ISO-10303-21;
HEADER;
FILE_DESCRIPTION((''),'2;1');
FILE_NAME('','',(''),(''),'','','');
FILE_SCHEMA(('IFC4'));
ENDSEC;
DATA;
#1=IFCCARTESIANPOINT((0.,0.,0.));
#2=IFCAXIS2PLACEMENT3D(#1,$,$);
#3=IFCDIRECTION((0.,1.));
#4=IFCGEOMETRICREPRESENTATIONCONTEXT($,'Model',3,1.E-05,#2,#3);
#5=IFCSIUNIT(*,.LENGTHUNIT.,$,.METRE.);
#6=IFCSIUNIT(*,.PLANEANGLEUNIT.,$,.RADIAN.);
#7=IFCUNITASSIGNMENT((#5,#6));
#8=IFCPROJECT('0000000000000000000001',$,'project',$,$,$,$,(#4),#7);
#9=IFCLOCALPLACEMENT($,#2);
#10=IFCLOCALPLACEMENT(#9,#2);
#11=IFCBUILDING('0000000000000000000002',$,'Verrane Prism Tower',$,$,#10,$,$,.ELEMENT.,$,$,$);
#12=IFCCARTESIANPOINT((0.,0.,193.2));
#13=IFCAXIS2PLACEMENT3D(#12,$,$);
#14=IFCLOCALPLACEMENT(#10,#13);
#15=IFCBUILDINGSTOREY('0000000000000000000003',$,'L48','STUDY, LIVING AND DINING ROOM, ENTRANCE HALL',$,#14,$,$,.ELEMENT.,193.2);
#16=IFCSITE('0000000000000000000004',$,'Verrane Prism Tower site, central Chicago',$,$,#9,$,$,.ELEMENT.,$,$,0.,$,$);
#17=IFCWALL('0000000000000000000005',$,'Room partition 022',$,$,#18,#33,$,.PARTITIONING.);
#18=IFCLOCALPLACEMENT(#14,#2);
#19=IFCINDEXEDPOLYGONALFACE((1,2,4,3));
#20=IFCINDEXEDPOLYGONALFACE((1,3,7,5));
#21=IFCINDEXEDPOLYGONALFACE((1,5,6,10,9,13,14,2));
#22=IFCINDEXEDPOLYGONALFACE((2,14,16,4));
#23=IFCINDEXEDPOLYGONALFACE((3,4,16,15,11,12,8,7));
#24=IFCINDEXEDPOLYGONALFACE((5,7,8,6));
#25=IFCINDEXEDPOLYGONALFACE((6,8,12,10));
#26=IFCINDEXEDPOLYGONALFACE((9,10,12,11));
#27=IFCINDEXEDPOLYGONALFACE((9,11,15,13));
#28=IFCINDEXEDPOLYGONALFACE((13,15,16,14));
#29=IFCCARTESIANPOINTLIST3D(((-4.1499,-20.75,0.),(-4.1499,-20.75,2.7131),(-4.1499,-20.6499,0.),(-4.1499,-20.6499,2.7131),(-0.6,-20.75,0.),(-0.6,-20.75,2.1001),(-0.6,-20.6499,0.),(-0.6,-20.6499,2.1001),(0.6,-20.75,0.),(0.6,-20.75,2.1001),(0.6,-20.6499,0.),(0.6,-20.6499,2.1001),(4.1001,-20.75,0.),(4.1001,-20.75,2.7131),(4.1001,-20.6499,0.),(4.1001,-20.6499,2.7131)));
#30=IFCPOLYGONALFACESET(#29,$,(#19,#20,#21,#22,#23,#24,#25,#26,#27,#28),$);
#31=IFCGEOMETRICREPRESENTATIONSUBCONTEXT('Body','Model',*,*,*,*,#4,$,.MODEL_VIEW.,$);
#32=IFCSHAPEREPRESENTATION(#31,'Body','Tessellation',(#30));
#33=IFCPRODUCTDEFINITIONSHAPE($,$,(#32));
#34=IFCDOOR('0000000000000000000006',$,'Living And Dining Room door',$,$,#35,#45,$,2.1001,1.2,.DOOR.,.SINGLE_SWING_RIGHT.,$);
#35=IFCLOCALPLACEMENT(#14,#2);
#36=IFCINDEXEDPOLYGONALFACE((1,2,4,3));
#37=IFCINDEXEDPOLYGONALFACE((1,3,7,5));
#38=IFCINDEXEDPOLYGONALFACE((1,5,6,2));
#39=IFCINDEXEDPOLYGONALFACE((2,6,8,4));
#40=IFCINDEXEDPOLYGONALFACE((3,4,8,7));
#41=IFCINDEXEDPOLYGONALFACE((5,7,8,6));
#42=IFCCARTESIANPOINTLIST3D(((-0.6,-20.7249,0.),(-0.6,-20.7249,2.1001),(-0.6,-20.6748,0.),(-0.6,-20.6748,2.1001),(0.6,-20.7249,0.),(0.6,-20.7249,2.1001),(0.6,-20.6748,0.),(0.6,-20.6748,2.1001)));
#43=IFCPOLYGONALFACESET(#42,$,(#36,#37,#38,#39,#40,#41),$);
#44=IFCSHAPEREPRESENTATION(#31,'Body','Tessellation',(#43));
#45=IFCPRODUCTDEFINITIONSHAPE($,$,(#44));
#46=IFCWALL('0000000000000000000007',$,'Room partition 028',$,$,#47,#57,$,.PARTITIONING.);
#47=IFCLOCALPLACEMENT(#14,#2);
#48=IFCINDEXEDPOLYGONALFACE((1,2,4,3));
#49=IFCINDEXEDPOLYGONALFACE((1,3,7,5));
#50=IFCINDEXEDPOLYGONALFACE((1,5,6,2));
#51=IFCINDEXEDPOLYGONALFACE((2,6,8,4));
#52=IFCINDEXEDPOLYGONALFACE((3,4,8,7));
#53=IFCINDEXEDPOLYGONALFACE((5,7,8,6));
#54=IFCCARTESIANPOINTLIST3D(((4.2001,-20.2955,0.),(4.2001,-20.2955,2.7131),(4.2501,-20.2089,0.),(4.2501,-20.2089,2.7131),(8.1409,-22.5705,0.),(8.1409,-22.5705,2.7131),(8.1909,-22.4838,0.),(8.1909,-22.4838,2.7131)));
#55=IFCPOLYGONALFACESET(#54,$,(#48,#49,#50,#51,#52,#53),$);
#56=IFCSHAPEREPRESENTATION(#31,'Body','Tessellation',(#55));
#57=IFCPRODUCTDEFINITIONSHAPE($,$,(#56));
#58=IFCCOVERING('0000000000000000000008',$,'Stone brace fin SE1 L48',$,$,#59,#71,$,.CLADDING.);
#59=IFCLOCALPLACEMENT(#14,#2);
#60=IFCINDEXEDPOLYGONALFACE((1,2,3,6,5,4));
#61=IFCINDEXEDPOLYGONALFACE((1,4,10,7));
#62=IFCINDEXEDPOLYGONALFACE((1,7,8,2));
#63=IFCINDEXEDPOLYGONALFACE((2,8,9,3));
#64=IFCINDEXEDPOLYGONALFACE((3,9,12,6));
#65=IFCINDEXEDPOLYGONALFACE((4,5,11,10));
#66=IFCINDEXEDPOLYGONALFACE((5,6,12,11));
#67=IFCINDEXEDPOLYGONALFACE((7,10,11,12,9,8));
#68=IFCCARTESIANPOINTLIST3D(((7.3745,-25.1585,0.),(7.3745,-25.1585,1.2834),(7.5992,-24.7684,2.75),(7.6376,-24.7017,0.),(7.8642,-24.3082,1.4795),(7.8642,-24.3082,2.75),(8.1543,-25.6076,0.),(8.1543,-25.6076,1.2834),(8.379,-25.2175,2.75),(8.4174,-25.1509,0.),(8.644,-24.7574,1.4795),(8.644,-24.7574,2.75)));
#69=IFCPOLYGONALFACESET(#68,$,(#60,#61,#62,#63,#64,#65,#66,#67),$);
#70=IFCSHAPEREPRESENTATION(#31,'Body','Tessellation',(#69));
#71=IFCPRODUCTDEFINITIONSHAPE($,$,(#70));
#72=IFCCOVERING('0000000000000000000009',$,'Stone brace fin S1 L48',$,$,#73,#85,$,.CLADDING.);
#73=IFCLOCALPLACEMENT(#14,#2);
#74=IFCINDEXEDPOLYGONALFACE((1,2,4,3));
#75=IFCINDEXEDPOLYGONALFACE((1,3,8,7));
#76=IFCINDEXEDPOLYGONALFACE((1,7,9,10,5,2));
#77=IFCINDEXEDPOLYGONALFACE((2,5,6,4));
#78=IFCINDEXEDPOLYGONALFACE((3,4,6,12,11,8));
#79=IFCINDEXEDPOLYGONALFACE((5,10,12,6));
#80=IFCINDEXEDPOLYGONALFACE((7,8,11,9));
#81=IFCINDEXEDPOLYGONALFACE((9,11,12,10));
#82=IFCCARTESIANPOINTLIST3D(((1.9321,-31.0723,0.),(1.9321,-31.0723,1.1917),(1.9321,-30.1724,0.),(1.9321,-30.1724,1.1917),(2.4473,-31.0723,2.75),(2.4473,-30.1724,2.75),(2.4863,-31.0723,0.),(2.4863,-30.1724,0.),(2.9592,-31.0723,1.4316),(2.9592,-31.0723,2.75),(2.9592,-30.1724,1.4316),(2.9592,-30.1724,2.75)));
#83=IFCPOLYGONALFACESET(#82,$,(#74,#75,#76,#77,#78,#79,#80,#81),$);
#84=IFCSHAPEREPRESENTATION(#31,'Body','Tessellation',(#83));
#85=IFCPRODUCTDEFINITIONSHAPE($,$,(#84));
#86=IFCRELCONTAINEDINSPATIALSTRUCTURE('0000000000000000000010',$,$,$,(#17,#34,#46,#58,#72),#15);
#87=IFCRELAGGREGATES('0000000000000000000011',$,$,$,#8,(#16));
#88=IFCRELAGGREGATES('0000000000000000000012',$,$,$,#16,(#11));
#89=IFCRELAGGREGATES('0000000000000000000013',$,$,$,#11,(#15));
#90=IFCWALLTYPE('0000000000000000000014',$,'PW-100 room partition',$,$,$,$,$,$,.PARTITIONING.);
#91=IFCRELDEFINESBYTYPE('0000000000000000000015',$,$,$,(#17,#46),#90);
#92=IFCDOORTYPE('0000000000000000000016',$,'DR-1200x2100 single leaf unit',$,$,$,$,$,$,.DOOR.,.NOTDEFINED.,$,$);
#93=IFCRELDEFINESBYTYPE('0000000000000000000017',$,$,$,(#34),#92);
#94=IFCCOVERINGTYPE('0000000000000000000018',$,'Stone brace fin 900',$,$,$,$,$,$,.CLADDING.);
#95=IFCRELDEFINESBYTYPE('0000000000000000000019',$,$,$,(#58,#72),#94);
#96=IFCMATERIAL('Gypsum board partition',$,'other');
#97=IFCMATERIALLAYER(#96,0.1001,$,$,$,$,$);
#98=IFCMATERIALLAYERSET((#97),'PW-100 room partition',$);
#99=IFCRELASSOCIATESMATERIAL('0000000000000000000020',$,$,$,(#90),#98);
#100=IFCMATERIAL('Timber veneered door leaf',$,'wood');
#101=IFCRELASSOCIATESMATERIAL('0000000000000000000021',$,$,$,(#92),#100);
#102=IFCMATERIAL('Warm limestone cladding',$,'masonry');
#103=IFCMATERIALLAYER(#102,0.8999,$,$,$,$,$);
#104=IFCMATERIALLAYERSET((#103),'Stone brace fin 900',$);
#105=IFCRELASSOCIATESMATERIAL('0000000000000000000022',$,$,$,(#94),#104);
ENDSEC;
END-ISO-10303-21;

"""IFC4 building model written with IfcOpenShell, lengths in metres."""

from ifc_helpers import new_model, si_unit, direction, frame, frame_2d, origin, place, context, subcontext, project, spatial, polyline, rectangle, outline, extrude, material, layer, layer_set, type_object, element, fill, save


model = new_model("IFC4")

# Units and contexts
model_context = context("Model", 3, precision=1e-05, world=origin(), true_north=direction((0.0, 1.0)))
body_context = subcontext(model_context, "Body", "Model", "MODEL_VIEW")
ifc_project = project(units=[si_unit("LENGTHUNIT", "METRE"), si_unit("PLANEANGLEUNIT", "RADIAN")], contexts=[model_context])

# Site, building, storey
site_placement = place(None, origin())
site = spatial("IfcSite", under=ifc_project, at=site_placement, Name="Verrane Prism Tower site, central Chicago", CompositionType="ELEMENT", RefElevation=0.0)
building_placement = place(site_placement, origin())
building = spatial("IfcBuilding", under=site, at=building_placement, Name="Verrane Prism Tower", CompositionType="ELEMENT")
storey_placement = place(building_placement, frame((0.0, 0.0, 193.2)))
storey = spatial("IfcBuildingStorey", under=building, at=storey_placement, Name="L48", Description="STUDY, LIVING AND DINING ROOM, ENTRANCE HALL", CompositionType="ELEMENT", Elevation=193.2)

# Wall, opening, door
ifc_material_1 = material(Name="Gypsum board partition", Category="other")
ifc_layer_1 = layer(ifc_material_1, 0.1001)
ifc_layer_set_1 = layer_set([ifc_layer_1], Name="PW-100 room partition")
wall_type = type_object("IfcWallType", Name="PW-100 room partition", PredefinedType="PARTITIONING", material=ifc_layer_set_1)
wall_1_placement = place(storey_placement, frame((4.1001, -20.7, 0.0), z_axis=(0.0, 0.0, 1.0), x_axis=(-1.0, 0.0, 0.0)))
wall_1 = element("IfcWall", 1, at=wall_1_placement, inside=storey, type_object=wall_type, Name="Room partition 022", PredefinedType="PARTITIONING", context=body_context, shape_type="SweptSolid", body=[
    extrude(rectangle(XDim=8.25, YDim=0.1001, at=frame_2d((4.125, 0.0))), origin(), (0.0, 0.0, 1.0), 2.7131),
])
opening_placement = place(wall_1_placement, frame((3.5, 0.0, 0.0)))
opening = element("IfcOpeningElement", 2, at=opening_placement, cuts=wall_1, PredefinedType="OPENING", context=body_context, shape_type="SweptSolid", body=[
    extrude(rectangle(XDim=1.2, YDim=2.1001, at=frame_2d((0.6001, 1.05))), frame((0.0, 0.0601, 0.0), z_axis=(0.0, -1.0, 0.0), x_axis=(1.0, 0.0, 0.0)), (0.0, 0.0, 1.0), 0.1201),
])
ifc_material_2 = material(Name="Timber veneered door leaf", Category="wood")
door_type = type_object("IfcDoorType", Name="DR-1200x2100 single leaf unit", OperationType="NOTDEFINED", PredefinedType="DOOR", material=ifc_material_2)
door_placement = place(opening_placement, origin())
door = element("IfcDoor", 3, at=door_placement, inside=storey, type_object=door_type, Name="Living And Dining Room door", OperationType="SINGLE_SWING_RIGHT", OverallHeight=2.1001, OverallWidth=1.2, PredefinedType="DOOR", context=body_context, shape_type="SweptSolid", body=[
    extrude(rectangle(XDim=1.2, YDim=2.1001, at=frame_2d((0.6001, 1.05))), frame((0.0, 0.0249, 0.0), z_axis=(0.0, -1.0, 0.0), x_axis=(1.0, 0.0, 0.0)), (0.0, 0.0, 1.0), 0.05),
])
fill(opening, door)

# Wall
wall_2_placement = place(storey_placement, frame((4.2251, -20.2522, 0.0), z_axis=(0.0, 0.0, 1.0), x_axis=(0.866049, -0.499959, 0.0)))
element("IfcWall", 4, at=wall_2_placement, inside=storey, type_object=wall_type, Name="Room partition 028", PredefinedType="PARTITIONING", context=body_context, shape_type="SweptSolid", body=[
    extrude(rectangle(XDim=4.5503, YDim=0.1001, at=frame_2d((2.2751, 0.0))), origin(), (0.0, 0.0, 1.0), 2.7131),
])

# Coverings
ifc_material_3 = material(Name="Warm limestone cladding", Category="masonry")
ifc_layer_2 = layer(ifc_material_3, 0.8999)
ifc_layer_set_2 = layer_set([ifc_layer_2], Name="Stone brace fin 900")
covering_type = type_object("IfcCoveringType", Name="Stone brace fin 900", PredefinedType="CLADDING", material=ifc_layer_set_2)
covering_1_placement = place(storey_placement, frame((7.7644, -25.3831, 0.0), z_axis=(0.0, 0.0, 1.0), x_axis=(0.499083, 0.866554, 0.0)))
element("IfcCovering", 5, at=covering_1_placement, inside=storey, type_object=covering_type, Name="Stone brace fin SE1 L48", PredefinedType="CLADDING", context=body_context, shape_type="SweptSolid", body=[
    extrude(outline(polyline([(0.9812, 2.75), (0.4502, 2.75), (0.0, 1.2834), (0.0, 0.0), (0.5271, 0.0), (0.9812, 1.4795), (0.9812, 2.75)])), frame((0.0, 0.45, 0.0), z_axis=(0.0, -1.0, 0.0), x_axis=(1.0, 0.0, 0.0)), (0.0, 0.0, 1.0), 0.8999),
])
covering_2_placement = place(storey_placement, frame((1.9321, -30.6223, 0.0), z_axis=(0.0, 0.0, 1.0), x_axis=(1.0, 0.0, 0.0)))
element("IfcCovering", 6, at=covering_2_placement, inside=storey, type_object=covering_type, Name="Stone brace fin S1 L48", PredefinedType="CLADDING", context=body_context, shape_type="SweptSolid", body=[
    extrude(outline(polyline([(1.0271, 2.75), (0.5151, 2.75), (0.0, 1.1917), (0.0, 0.0), (0.5542, 0.0), (1.0271, 1.4316), (1.0271, 2.75)])), frame((0.0, 0.45, 0.0), z_axis=(0.0, -1.0, 0.0), x_axis=(1.0, 0.0, 0.0)), (0.0, 0.0, 1.0), 0.8999),
])

save(model, "model.ifc")
